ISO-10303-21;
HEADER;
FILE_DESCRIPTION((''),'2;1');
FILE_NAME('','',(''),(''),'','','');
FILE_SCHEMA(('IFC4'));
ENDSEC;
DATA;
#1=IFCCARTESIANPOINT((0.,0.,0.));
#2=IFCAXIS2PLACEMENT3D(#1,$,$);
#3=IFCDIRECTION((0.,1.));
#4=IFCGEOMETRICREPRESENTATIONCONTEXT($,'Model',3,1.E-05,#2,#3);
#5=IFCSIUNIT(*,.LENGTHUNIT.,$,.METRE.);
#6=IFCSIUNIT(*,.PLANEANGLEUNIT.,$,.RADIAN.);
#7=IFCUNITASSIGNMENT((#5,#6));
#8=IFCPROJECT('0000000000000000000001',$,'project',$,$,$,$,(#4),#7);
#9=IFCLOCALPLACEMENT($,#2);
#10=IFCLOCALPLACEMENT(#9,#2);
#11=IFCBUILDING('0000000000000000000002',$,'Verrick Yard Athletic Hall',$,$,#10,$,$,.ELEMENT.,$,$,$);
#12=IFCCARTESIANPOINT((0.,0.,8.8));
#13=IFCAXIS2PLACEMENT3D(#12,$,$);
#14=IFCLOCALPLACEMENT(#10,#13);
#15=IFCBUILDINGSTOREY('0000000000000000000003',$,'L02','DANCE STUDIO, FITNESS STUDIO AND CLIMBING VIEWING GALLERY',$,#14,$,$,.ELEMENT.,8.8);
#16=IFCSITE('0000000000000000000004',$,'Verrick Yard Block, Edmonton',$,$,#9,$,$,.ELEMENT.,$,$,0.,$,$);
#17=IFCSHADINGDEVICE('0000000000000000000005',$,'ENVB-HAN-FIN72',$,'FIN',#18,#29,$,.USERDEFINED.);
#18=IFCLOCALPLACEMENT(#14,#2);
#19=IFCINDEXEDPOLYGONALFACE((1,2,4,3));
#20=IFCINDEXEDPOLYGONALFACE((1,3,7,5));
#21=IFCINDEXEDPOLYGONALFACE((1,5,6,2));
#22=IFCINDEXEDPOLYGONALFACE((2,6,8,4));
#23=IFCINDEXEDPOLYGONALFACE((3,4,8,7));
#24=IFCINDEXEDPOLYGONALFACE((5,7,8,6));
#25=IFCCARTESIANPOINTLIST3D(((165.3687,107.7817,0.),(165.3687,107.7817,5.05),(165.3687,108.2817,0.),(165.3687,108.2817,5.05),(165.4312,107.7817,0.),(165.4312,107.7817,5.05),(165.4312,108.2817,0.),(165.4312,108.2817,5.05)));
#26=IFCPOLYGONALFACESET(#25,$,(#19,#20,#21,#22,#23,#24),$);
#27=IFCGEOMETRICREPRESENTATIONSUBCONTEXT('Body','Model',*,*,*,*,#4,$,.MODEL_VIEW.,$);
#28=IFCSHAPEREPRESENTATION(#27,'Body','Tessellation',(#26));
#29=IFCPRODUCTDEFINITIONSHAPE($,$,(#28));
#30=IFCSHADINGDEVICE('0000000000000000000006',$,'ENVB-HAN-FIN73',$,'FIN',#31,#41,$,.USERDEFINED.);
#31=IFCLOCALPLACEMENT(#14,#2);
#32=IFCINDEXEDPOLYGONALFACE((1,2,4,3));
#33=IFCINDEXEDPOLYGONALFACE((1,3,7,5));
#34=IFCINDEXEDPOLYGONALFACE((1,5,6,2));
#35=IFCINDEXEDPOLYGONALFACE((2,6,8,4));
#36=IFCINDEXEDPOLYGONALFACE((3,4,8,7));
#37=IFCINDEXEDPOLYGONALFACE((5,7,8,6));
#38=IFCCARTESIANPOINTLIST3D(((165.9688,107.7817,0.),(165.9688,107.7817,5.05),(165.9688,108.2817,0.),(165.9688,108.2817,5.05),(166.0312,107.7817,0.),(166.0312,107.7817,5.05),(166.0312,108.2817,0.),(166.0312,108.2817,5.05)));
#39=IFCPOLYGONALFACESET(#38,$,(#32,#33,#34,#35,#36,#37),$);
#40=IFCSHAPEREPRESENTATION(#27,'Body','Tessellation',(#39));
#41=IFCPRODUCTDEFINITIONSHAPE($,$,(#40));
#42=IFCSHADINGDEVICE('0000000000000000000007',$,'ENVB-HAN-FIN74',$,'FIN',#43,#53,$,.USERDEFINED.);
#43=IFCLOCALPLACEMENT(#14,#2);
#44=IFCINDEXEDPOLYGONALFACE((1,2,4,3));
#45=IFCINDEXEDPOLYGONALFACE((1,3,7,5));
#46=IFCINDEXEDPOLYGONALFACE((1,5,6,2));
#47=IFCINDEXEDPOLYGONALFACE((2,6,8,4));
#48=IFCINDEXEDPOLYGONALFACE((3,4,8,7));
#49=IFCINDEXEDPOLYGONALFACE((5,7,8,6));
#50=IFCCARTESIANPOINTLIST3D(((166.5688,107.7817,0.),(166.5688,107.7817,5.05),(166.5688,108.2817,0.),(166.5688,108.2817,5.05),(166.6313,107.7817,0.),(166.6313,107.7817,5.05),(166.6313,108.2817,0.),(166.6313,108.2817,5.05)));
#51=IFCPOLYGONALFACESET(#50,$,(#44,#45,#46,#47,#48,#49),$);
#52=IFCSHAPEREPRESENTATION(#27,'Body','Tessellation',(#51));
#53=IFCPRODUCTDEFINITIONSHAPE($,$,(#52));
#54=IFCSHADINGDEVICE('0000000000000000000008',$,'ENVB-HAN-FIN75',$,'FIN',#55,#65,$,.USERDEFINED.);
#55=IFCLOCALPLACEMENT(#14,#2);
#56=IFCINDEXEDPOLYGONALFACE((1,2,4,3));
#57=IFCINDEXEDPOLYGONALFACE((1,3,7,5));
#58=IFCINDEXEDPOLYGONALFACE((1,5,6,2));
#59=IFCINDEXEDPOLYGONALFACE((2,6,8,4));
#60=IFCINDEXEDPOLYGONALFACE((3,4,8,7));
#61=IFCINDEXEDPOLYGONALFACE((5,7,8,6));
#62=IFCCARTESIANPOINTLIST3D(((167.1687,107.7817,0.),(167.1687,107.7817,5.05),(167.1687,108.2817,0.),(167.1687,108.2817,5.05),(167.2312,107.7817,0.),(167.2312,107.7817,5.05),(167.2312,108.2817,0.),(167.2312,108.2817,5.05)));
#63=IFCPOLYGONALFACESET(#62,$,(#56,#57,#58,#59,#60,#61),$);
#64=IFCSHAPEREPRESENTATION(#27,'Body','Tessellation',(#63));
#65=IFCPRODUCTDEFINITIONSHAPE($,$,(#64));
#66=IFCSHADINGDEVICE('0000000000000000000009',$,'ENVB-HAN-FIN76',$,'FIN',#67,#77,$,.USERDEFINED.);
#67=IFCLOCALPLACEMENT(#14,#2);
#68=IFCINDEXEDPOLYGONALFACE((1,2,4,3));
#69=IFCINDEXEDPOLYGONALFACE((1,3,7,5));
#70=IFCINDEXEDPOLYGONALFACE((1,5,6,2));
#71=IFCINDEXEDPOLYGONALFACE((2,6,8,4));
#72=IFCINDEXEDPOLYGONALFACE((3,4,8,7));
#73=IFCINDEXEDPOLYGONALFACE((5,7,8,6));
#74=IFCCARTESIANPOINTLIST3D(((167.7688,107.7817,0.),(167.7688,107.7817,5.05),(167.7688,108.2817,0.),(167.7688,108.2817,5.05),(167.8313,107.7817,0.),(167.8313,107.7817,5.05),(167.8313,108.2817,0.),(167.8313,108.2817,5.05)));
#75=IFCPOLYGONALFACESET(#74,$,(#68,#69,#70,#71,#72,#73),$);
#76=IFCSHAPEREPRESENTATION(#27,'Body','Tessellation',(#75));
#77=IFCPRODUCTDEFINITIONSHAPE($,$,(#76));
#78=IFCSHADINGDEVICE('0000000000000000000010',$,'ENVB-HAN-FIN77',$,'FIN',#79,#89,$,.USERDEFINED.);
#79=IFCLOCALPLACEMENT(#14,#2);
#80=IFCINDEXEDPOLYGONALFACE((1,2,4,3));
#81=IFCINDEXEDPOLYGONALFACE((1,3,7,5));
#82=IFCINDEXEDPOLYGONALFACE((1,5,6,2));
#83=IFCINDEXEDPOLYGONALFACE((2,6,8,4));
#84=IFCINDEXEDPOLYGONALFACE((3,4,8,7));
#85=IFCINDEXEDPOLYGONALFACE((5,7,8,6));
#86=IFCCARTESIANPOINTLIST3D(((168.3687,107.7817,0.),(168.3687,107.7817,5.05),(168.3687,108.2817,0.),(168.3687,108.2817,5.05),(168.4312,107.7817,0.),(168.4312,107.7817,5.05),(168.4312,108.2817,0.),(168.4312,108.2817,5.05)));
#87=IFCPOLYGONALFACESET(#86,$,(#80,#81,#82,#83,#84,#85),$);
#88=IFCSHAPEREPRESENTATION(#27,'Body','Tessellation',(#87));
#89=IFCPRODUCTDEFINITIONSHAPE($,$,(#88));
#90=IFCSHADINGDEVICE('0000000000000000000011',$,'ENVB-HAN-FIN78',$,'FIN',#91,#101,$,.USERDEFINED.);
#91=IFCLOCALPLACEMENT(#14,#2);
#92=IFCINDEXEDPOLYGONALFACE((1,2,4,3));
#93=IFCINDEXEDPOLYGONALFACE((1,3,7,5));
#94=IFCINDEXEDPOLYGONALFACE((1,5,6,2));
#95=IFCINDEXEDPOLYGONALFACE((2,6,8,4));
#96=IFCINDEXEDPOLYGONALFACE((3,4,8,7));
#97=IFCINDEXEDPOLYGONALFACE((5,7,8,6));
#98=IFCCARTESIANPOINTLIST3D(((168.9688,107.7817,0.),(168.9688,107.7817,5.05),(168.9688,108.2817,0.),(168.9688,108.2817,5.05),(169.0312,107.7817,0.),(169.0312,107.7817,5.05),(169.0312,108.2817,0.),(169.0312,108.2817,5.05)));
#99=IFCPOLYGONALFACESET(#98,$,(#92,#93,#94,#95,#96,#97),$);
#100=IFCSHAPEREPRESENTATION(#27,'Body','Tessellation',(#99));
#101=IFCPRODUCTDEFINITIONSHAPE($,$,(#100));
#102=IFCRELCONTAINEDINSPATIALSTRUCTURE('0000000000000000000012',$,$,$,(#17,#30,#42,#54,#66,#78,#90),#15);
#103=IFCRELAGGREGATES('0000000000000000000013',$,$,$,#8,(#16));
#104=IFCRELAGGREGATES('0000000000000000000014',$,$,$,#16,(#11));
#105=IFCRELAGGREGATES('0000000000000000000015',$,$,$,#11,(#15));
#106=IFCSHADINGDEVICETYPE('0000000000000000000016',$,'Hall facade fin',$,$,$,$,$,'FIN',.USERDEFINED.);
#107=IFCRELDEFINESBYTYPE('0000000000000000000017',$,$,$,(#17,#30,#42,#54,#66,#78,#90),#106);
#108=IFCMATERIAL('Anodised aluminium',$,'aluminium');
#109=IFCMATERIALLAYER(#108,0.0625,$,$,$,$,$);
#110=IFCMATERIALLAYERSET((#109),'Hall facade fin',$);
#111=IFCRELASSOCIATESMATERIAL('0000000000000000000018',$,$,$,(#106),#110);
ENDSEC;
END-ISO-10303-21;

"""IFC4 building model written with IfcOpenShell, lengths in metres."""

from ifc_helpers import new_model, si_unit, direction, frame, origin, place, context, subcontext, project, spatial, polyline, outline, extrude, material, layer, layer_set, type_object, element, save


model = new_model("IFC4")

# Units and contexts
model_context = context("Model", 3, precision=1e-05, world=origin(), true_north=direction((0.0, 1.0)))
body_context = subcontext(model_context, "Body", "Model", "MODEL_VIEW")
ifc_project = project(units=[si_unit("LENGTHUNIT", "METRE"), si_unit("PLANEANGLEUNIT", "RADIAN")], contexts=[model_context])

# Site, building, storey
site_placement = place(None, origin())
site = spatial("IfcSite", under=ifc_project, at=site_placement, Name="Verrick Yard Block, Edmonton", CompositionType="ELEMENT", RefElevation=0.0)
building_placement = place(site_placement, origin())
building = spatial("IfcBuilding", under=site, at=building_placement, Name="Verrick Yard Athletic Hall", CompositionType="ELEMENT")
storey_placement = place(building_placement, frame((0.0, 0.0, 8.8)))
storey = spatial("IfcBuildingStorey", under=building, at=storey_placement, Name="L02", Description="DANCE STUDIO, FITNESS STUDIO AND CLIMBING VIEWING GALLERY", CompositionType="ELEMENT", Elevation=8.8)

# Shared definitions
ifc_material_1 = material(Name="Anodised aluminium", Category="aluminium")

# Shading devices
ifc_layer_1 = layer(ifc_material_1, 0.0625)
ifc_layer_set_1 = layer_set([ifc_layer_1], Name="Hall facade fin")
shading_device_type = type_object("IfcShadingDeviceType", Name="Hall facade fin", ElementType="FIN", PredefinedType="USERDEFINED", material=ifc_layer_set_1)
for number, where, z_axis, x_axis, name in (
    (1, (165.3999, 107.7817, 0.0), (0.0, 0.0, 1.0), (0.0, 1.0, 0.0), "ENVB-HAN-FIN72"),
    (2, (166.0, 107.7817, 0.0), (0.0, 0.0, 1.0), (0.0, 1.0, 0.0), "ENVB-HAN-FIN73"),
    (3, (166.6001, 107.7817, 0.0), (0.0, 0.0, 1.0), (0.0, 1.0, 0.0), "ENVB-HAN-FIN74"),
    (4, (167.2, 107.7817, 0.0), (0.0, 0.0, 1.0), (0.0, 1.0, 0.0), "ENVB-HAN-FIN75"),
    (5, (167.8, 107.7817, 0.0), (0.0, 0.0, 1.0), (0.0, 1.0, 0.0), "ENVB-HAN-FIN76"),
    (6, (168.3999, 107.7817, 0.0), (0.0, 0.0, 1.0), (0.0, 1.0, 0.0), "ENVB-HAN-FIN77"),
    (7, (169.0, 107.7817, 0.0), (0.0, 0.0, 1.0), (0.0, 1.0, 0.0), "ENVB-HAN-FIN78"),
):
    element("IfcShadingDevice", number, at=place(storey_placement, frame(where, z_axis=z_axis, x_axis=x_axis)), inside=storey, type_object=shading_device_type, Name=name, ObjectType="FIN", PredefinedType="USERDEFINED", context=body_context, shape_type="SweptSolid", body=[
        extrude(outline(polyline([(0.0, 0.0), (0.5, 0.0), (0.5, 5.05), (0.0, 5.05), (0.0, 0.0)])), frame((0.0, 0.0312, 0.0), z_axis=(0.0, -1.0, 0.0), x_axis=(1.0, 0.0, 0.0)), (0.0, 0.0, 1.0), 0.0625),
    ])

save(model, "model.ifc")
